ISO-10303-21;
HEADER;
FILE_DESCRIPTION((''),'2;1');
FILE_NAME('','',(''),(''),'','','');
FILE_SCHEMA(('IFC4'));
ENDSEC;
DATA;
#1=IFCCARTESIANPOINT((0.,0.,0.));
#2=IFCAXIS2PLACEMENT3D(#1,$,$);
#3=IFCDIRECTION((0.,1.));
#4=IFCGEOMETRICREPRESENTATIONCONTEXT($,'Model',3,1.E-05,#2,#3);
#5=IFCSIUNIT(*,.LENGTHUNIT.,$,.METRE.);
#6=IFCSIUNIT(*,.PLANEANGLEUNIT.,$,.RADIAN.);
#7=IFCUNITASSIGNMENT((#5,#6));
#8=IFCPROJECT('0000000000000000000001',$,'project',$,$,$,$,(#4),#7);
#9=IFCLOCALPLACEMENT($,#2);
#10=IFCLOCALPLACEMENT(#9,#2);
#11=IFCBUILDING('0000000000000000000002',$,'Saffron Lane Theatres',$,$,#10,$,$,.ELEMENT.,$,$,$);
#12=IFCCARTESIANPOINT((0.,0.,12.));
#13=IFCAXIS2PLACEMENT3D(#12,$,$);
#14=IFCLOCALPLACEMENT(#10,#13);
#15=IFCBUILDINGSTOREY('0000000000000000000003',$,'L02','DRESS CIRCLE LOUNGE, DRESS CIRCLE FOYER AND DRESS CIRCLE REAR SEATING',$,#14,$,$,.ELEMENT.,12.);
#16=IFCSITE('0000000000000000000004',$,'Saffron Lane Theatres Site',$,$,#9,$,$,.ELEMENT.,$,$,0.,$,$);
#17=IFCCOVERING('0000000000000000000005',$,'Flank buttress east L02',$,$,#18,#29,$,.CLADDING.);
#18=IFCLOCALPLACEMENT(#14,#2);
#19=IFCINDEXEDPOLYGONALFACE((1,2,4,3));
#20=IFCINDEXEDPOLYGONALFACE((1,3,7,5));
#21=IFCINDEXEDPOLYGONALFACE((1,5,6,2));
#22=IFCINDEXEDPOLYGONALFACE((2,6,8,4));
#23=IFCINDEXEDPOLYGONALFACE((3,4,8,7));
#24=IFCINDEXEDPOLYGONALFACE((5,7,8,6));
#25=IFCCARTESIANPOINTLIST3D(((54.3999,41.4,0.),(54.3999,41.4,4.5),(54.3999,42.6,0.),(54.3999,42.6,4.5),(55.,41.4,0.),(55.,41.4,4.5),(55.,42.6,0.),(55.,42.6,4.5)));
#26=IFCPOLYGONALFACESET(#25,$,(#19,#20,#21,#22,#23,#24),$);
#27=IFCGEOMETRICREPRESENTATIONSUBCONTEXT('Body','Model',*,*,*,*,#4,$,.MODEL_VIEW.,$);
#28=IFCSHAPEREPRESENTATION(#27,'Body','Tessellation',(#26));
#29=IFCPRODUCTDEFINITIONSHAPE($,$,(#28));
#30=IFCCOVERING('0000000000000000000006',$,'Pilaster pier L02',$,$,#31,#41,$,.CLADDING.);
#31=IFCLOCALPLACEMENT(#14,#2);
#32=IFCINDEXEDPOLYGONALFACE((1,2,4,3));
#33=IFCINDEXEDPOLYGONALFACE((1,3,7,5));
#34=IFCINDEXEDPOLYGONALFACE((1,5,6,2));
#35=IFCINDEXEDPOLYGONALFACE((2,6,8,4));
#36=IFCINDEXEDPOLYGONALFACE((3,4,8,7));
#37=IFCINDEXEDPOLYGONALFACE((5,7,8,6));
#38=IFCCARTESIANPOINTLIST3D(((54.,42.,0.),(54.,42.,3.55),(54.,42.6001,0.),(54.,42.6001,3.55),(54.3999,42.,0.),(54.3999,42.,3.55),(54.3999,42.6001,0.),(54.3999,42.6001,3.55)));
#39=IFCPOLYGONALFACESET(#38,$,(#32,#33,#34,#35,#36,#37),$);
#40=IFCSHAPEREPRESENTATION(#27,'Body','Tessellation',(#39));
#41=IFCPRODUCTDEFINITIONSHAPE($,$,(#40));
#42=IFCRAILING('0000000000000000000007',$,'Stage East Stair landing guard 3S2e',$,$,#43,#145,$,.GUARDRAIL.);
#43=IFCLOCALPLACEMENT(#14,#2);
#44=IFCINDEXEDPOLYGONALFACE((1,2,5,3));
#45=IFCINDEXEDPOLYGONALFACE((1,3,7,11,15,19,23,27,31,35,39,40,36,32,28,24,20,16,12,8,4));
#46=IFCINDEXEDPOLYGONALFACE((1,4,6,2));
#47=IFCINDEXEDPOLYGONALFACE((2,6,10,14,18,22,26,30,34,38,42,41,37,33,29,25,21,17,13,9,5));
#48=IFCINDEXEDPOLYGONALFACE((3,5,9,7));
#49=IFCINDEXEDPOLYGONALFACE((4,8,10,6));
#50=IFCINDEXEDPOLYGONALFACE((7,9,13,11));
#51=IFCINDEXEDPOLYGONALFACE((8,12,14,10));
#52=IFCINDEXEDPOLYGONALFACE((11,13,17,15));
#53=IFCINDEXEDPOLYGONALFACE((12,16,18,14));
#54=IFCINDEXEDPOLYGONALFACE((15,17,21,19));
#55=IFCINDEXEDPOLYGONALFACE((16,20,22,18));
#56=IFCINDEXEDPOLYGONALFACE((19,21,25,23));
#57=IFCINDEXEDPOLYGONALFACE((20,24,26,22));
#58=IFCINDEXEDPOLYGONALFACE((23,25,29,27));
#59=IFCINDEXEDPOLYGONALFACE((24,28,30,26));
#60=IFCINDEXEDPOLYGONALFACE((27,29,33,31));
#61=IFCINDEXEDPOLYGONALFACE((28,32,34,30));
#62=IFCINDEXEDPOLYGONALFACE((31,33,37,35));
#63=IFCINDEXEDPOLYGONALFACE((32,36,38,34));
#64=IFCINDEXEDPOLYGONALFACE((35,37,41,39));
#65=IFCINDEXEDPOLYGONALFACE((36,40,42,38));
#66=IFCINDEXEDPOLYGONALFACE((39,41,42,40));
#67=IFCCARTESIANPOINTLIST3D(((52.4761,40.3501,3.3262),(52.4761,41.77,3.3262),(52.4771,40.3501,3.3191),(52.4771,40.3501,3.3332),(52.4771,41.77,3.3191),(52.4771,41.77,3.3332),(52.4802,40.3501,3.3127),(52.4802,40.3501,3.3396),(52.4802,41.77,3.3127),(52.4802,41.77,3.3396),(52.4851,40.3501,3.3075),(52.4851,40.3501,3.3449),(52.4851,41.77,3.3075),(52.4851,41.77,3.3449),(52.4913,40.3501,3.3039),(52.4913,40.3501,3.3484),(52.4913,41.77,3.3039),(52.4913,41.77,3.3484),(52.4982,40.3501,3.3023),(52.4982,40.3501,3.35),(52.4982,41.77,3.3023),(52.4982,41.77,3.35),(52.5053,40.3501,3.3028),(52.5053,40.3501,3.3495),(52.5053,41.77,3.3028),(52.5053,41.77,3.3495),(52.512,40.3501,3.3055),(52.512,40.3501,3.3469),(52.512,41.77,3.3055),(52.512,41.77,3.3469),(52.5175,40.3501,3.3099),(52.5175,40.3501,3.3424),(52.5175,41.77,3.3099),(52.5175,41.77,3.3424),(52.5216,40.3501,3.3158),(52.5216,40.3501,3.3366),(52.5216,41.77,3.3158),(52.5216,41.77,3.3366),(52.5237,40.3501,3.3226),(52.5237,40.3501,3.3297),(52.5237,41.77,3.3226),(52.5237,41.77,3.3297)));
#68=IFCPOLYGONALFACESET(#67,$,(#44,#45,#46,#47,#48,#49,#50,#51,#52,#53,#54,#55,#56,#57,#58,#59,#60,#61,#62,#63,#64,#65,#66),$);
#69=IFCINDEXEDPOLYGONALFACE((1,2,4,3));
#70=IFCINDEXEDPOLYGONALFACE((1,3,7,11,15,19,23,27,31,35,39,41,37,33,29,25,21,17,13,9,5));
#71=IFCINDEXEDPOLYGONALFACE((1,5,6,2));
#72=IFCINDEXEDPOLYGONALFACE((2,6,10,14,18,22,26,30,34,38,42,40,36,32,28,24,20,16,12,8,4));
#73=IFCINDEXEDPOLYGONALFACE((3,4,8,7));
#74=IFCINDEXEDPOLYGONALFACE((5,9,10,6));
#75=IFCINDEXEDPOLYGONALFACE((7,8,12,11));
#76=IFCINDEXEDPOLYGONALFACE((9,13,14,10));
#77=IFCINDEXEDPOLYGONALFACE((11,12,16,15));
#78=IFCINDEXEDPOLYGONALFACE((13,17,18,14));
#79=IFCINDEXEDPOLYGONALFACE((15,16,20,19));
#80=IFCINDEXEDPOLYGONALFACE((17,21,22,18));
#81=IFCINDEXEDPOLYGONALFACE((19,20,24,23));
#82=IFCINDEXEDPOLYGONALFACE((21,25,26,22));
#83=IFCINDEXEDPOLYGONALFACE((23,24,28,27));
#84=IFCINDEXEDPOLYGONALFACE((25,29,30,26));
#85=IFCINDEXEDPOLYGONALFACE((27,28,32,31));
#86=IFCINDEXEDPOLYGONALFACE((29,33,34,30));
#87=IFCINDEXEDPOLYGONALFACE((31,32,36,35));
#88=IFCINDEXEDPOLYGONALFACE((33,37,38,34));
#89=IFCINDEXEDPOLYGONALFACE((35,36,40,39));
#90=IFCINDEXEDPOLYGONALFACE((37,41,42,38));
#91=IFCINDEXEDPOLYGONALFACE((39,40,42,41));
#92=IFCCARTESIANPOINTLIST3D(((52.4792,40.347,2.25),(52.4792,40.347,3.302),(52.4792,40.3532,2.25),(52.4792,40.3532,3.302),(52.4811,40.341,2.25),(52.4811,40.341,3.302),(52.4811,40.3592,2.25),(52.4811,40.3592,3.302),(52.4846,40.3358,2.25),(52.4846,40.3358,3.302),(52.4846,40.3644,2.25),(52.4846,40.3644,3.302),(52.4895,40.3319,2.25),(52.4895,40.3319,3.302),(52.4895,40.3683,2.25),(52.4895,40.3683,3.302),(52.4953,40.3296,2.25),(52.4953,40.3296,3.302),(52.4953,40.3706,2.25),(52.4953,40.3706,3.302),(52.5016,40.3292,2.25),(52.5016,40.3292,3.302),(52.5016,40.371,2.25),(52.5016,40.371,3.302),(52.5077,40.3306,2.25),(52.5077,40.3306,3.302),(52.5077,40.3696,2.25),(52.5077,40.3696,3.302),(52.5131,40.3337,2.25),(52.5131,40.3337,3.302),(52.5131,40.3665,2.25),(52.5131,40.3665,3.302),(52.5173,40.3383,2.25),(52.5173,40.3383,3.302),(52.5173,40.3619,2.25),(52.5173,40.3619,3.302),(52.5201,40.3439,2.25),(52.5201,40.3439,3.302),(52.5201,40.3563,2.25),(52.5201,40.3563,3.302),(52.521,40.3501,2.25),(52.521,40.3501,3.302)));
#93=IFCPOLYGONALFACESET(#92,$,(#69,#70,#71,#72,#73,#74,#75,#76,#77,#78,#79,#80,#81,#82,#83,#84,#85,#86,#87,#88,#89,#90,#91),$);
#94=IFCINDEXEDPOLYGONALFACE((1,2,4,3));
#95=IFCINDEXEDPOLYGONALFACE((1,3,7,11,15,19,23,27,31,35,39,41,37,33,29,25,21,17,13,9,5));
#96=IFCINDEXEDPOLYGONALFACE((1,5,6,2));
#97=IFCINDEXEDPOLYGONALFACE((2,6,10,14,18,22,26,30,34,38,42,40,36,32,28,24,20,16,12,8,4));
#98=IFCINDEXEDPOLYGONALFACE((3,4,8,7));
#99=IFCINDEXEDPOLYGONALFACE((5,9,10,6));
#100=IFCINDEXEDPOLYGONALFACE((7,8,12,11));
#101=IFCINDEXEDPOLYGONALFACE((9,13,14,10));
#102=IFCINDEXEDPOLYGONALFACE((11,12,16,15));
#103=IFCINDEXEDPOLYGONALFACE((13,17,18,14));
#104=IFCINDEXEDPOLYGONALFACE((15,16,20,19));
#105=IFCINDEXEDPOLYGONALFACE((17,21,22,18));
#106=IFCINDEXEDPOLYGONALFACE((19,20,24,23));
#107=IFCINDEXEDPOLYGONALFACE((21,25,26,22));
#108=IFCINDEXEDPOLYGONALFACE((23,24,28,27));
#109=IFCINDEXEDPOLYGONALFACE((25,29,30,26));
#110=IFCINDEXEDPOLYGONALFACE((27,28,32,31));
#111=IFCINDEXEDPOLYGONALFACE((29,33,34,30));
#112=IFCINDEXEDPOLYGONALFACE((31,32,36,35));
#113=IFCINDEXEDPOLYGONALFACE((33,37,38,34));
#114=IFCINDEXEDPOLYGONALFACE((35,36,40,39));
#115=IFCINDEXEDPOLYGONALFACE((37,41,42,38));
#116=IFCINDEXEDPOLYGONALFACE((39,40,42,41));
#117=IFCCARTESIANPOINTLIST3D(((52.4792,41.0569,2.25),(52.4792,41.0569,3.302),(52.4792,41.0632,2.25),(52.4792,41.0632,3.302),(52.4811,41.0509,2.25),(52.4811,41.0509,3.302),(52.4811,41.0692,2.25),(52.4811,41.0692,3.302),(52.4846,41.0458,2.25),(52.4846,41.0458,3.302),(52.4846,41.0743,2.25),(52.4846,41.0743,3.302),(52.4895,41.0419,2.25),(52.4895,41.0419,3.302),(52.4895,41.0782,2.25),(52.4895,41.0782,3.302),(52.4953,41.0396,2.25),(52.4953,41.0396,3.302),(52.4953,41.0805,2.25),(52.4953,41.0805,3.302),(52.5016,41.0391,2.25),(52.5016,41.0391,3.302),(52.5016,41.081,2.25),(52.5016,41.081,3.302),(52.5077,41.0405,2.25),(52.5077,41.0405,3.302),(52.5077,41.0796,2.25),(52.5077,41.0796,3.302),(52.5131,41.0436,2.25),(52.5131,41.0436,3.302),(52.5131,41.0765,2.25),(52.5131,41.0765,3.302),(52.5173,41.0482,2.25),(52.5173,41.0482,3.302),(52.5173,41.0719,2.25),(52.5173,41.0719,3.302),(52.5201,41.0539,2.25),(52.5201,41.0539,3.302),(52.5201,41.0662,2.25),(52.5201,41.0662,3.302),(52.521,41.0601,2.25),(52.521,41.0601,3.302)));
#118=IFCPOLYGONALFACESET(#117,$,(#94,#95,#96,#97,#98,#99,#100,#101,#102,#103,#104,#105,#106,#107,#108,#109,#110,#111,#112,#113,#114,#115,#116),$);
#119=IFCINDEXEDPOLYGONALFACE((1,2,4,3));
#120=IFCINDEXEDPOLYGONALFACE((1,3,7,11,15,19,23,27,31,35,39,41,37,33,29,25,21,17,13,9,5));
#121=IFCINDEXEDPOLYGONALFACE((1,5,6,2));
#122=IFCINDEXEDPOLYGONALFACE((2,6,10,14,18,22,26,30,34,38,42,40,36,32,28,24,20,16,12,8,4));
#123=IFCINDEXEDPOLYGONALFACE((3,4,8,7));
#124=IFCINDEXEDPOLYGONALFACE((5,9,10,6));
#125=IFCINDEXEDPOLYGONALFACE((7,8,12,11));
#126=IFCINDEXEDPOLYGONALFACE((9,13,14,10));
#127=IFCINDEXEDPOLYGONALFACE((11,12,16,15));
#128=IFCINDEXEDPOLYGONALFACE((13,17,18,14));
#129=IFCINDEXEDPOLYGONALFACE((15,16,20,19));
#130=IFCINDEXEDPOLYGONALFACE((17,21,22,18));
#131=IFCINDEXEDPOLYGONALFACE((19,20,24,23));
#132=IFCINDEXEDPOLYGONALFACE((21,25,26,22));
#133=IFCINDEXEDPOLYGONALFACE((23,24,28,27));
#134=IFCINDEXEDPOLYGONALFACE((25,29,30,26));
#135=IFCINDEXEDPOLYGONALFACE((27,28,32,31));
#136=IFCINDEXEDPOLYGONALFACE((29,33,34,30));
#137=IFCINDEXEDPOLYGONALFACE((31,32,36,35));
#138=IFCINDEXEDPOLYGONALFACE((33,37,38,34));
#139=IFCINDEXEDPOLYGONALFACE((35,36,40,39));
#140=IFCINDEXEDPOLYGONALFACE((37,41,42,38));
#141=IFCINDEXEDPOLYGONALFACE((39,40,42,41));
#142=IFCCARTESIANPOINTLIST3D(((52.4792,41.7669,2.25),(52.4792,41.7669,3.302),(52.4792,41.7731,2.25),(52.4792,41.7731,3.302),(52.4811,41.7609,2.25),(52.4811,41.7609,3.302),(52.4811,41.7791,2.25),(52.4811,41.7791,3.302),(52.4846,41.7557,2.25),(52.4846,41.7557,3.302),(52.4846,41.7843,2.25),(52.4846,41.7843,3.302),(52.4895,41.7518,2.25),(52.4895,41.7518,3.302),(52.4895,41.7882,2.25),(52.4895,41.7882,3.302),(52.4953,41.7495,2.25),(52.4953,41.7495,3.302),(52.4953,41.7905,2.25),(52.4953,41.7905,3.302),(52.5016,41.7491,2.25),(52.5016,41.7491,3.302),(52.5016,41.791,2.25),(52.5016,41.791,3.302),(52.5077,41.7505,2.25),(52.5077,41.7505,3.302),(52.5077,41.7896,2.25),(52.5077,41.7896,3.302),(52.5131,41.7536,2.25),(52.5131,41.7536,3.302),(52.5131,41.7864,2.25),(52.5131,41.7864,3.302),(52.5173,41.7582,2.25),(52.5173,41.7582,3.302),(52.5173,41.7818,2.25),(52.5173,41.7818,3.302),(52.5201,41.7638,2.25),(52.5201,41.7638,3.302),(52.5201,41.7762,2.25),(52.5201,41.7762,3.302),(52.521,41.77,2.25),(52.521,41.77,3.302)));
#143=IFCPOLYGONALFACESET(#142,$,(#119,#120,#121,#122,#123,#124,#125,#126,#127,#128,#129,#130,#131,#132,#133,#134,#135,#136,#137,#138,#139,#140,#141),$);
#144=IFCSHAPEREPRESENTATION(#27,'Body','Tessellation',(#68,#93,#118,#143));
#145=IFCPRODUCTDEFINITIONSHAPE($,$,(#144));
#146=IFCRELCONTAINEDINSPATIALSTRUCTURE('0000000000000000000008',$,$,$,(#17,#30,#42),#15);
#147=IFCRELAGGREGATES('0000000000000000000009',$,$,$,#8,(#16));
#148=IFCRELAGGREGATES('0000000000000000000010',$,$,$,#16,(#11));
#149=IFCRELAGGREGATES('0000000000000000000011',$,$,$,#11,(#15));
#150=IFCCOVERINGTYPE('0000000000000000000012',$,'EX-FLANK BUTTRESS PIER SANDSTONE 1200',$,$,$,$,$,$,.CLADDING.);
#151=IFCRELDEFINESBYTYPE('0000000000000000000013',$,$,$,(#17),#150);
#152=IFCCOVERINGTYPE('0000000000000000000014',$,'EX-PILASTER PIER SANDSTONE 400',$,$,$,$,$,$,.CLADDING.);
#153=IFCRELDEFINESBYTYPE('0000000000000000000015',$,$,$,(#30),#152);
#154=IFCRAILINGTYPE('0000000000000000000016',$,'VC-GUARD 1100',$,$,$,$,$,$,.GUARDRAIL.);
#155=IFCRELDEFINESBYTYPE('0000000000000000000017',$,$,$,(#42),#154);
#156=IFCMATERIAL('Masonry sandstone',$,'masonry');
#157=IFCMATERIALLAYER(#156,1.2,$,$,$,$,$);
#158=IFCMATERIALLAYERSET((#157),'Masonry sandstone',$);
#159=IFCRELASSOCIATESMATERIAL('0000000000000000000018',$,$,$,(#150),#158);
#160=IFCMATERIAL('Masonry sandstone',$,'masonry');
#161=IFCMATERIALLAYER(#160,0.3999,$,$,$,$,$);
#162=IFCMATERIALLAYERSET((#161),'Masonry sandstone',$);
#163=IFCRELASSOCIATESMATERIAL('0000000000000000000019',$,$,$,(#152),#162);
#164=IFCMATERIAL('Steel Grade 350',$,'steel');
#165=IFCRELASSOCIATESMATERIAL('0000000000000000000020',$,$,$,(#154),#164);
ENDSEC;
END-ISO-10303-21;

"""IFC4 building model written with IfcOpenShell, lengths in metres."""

from ifc_helpers import new_model, si_unit, direction, frame, origin, origin_2d, place, context, subcontext, project, spatial, rectangle, circle, extrude, material, layer, layer_set, type_object, element, save


model = new_model("IFC4")

# Units and contexts
model_context = context("Model", 3, precision=1e-05, world=origin(), true_north=direction((0.0, 1.0)))
body_context = subcontext(model_context, "Body", "Model", "MODEL_VIEW")
ifc_project = project(units=[si_unit("LENGTHUNIT", "METRE"), si_unit("PLANEANGLEUNIT", "RADIAN")], contexts=[model_context])

# Site, building, storey
site_placement = place(None, origin())
site = spatial("IfcSite", under=ifc_project, at=site_placement, Name="Saffron Lane Theatres Site", CompositionType="ELEMENT", RefElevation=0.0)
building_placement = place(site_placement, origin())
building = spatial("IfcBuilding", under=site, at=building_placement, Name="Saffron Lane Theatres", CompositionType="ELEMENT")
storey_placement = place(building_placement, frame((0.0, 0.0, 12.0)))
storey = spatial("IfcBuildingStorey", under=building, at=storey_placement, Name="L02", Description="DRESS CIRCLE LOUNGE, DRESS CIRCLE FOYER AND DRESS CIRCLE REAR SEATING", CompositionType="ELEMENT", Elevation=12.0)

# Coverings
ifc_material_1 = material(Name="Masonry sandstone", Category="masonry")
ifc_layer_1 = layer(ifc_material_1, 1.2)
ifc_layer_set_1 = layer_set([ifc_layer_1], Name="Masonry sandstone")
covering_type_1 = type_object("IfcCoveringType", Name="EX-FLANK BUTTRESS PIER SANDSTONE 1200", PredefinedType="CLADDING", material=ifc_layer_set_1)
covering_1_placement = place(storey_placement, frame((54.7, 42.0, 0.0), z_axis=(0.0, 0.0, 1.0), x_axis=(0.0, 1.0, 0.0)))
element("IfcCovering", 1, at=covering_1_placement, inside=storey, type_object=covering_type_1, Name="Flank buttress east L02", PredefinedType="CLADDING", context=body_context, shape_type="SweptSolid", body=[
    extrude(rectangle(XDim=1.2, YDim=0.6001, at=origin_2d()), origin(), (0.0, 0.0, 1.0), 4.5),
])
ifc_material_2 = material(Name="Masonry sandstone", Category="masonry")
ifc_layer_2 = layer(ifc_material_2, 0.3999)
ifc_layer_set_2 = layer_set([ifc_layer_2], Name="Masonry sandstone")
covering_type_2 = type_object("IfcCoveringType", Name="EX-PILASTER PIER SANDSTONE 400", PredefinedType="CLADDING", material=ifc_layer_set_2)
covering_2_placement = place(storey_placement, frame((54.2, 42.3, 0.0), z_axis=(0.0, 0.0, 1.0), x_axis=(0.0, -1.0, 0.0)))
element("IfcCovering", 2, at=covering_2_placement, inside=storey, type_object=covering_type_2, Name="Pilaster pier L02", PredefinedType="CLADDING", context=body_context, shape_type="SweptSolid", body=[
    extrude(rectangle(XDim=0.6001, YDim=0.3999, at=origin_2d()), origin(), (0.0, 0.0, 1.0), 3.55),
])

# Railing
ifc_material_3 = material(Name="Steel Grade 350", Category="steel")
railing_type_1 = type_object("IfcRailingType", Name="VC-GUARD 1100", PredefinedType="GUARDRAIL", material=ifc_material_3)
railing_1_placement = place(storey_placement, frame((52.5, 40.3501, 2.25)))
element("IfcRailing", 3, at=railing_1_placement, inside=storey, type_object=railing_type_1, Name="Stage East Stair landing guard 3S2e", PredefinedType="GUARDRAIL", context=body_context, shape_type="SweptSolid", body=[
    extrude(circle(Radius=0.0239, at=origin_2d()), frame((0.0, 0.0, 1.0762), z_axis=(0.0, 1.0, 0.0), x_axis=(-1.0, 0.0, 0.0)), (0.0, 0.0, 1.0), 1.4199),
    extrude(circle(Radius=0.021, at=origin_2d()), origin(), (0.0, 0.0, 1.0), 1.052),
    extrude(circle(Radius=0.021, at=origin_2d()), frame((0.0, 0.71, 0.0)), (0.0, 0.0, 1.0), 1.052),
    extrude(circle(Radius=0.021, at=origin_2d()), frame((0.0, 1.4199, 0.0)), (0.0, 0.0, 1.0), 1.052),
])

save(model, "model.ifc")
